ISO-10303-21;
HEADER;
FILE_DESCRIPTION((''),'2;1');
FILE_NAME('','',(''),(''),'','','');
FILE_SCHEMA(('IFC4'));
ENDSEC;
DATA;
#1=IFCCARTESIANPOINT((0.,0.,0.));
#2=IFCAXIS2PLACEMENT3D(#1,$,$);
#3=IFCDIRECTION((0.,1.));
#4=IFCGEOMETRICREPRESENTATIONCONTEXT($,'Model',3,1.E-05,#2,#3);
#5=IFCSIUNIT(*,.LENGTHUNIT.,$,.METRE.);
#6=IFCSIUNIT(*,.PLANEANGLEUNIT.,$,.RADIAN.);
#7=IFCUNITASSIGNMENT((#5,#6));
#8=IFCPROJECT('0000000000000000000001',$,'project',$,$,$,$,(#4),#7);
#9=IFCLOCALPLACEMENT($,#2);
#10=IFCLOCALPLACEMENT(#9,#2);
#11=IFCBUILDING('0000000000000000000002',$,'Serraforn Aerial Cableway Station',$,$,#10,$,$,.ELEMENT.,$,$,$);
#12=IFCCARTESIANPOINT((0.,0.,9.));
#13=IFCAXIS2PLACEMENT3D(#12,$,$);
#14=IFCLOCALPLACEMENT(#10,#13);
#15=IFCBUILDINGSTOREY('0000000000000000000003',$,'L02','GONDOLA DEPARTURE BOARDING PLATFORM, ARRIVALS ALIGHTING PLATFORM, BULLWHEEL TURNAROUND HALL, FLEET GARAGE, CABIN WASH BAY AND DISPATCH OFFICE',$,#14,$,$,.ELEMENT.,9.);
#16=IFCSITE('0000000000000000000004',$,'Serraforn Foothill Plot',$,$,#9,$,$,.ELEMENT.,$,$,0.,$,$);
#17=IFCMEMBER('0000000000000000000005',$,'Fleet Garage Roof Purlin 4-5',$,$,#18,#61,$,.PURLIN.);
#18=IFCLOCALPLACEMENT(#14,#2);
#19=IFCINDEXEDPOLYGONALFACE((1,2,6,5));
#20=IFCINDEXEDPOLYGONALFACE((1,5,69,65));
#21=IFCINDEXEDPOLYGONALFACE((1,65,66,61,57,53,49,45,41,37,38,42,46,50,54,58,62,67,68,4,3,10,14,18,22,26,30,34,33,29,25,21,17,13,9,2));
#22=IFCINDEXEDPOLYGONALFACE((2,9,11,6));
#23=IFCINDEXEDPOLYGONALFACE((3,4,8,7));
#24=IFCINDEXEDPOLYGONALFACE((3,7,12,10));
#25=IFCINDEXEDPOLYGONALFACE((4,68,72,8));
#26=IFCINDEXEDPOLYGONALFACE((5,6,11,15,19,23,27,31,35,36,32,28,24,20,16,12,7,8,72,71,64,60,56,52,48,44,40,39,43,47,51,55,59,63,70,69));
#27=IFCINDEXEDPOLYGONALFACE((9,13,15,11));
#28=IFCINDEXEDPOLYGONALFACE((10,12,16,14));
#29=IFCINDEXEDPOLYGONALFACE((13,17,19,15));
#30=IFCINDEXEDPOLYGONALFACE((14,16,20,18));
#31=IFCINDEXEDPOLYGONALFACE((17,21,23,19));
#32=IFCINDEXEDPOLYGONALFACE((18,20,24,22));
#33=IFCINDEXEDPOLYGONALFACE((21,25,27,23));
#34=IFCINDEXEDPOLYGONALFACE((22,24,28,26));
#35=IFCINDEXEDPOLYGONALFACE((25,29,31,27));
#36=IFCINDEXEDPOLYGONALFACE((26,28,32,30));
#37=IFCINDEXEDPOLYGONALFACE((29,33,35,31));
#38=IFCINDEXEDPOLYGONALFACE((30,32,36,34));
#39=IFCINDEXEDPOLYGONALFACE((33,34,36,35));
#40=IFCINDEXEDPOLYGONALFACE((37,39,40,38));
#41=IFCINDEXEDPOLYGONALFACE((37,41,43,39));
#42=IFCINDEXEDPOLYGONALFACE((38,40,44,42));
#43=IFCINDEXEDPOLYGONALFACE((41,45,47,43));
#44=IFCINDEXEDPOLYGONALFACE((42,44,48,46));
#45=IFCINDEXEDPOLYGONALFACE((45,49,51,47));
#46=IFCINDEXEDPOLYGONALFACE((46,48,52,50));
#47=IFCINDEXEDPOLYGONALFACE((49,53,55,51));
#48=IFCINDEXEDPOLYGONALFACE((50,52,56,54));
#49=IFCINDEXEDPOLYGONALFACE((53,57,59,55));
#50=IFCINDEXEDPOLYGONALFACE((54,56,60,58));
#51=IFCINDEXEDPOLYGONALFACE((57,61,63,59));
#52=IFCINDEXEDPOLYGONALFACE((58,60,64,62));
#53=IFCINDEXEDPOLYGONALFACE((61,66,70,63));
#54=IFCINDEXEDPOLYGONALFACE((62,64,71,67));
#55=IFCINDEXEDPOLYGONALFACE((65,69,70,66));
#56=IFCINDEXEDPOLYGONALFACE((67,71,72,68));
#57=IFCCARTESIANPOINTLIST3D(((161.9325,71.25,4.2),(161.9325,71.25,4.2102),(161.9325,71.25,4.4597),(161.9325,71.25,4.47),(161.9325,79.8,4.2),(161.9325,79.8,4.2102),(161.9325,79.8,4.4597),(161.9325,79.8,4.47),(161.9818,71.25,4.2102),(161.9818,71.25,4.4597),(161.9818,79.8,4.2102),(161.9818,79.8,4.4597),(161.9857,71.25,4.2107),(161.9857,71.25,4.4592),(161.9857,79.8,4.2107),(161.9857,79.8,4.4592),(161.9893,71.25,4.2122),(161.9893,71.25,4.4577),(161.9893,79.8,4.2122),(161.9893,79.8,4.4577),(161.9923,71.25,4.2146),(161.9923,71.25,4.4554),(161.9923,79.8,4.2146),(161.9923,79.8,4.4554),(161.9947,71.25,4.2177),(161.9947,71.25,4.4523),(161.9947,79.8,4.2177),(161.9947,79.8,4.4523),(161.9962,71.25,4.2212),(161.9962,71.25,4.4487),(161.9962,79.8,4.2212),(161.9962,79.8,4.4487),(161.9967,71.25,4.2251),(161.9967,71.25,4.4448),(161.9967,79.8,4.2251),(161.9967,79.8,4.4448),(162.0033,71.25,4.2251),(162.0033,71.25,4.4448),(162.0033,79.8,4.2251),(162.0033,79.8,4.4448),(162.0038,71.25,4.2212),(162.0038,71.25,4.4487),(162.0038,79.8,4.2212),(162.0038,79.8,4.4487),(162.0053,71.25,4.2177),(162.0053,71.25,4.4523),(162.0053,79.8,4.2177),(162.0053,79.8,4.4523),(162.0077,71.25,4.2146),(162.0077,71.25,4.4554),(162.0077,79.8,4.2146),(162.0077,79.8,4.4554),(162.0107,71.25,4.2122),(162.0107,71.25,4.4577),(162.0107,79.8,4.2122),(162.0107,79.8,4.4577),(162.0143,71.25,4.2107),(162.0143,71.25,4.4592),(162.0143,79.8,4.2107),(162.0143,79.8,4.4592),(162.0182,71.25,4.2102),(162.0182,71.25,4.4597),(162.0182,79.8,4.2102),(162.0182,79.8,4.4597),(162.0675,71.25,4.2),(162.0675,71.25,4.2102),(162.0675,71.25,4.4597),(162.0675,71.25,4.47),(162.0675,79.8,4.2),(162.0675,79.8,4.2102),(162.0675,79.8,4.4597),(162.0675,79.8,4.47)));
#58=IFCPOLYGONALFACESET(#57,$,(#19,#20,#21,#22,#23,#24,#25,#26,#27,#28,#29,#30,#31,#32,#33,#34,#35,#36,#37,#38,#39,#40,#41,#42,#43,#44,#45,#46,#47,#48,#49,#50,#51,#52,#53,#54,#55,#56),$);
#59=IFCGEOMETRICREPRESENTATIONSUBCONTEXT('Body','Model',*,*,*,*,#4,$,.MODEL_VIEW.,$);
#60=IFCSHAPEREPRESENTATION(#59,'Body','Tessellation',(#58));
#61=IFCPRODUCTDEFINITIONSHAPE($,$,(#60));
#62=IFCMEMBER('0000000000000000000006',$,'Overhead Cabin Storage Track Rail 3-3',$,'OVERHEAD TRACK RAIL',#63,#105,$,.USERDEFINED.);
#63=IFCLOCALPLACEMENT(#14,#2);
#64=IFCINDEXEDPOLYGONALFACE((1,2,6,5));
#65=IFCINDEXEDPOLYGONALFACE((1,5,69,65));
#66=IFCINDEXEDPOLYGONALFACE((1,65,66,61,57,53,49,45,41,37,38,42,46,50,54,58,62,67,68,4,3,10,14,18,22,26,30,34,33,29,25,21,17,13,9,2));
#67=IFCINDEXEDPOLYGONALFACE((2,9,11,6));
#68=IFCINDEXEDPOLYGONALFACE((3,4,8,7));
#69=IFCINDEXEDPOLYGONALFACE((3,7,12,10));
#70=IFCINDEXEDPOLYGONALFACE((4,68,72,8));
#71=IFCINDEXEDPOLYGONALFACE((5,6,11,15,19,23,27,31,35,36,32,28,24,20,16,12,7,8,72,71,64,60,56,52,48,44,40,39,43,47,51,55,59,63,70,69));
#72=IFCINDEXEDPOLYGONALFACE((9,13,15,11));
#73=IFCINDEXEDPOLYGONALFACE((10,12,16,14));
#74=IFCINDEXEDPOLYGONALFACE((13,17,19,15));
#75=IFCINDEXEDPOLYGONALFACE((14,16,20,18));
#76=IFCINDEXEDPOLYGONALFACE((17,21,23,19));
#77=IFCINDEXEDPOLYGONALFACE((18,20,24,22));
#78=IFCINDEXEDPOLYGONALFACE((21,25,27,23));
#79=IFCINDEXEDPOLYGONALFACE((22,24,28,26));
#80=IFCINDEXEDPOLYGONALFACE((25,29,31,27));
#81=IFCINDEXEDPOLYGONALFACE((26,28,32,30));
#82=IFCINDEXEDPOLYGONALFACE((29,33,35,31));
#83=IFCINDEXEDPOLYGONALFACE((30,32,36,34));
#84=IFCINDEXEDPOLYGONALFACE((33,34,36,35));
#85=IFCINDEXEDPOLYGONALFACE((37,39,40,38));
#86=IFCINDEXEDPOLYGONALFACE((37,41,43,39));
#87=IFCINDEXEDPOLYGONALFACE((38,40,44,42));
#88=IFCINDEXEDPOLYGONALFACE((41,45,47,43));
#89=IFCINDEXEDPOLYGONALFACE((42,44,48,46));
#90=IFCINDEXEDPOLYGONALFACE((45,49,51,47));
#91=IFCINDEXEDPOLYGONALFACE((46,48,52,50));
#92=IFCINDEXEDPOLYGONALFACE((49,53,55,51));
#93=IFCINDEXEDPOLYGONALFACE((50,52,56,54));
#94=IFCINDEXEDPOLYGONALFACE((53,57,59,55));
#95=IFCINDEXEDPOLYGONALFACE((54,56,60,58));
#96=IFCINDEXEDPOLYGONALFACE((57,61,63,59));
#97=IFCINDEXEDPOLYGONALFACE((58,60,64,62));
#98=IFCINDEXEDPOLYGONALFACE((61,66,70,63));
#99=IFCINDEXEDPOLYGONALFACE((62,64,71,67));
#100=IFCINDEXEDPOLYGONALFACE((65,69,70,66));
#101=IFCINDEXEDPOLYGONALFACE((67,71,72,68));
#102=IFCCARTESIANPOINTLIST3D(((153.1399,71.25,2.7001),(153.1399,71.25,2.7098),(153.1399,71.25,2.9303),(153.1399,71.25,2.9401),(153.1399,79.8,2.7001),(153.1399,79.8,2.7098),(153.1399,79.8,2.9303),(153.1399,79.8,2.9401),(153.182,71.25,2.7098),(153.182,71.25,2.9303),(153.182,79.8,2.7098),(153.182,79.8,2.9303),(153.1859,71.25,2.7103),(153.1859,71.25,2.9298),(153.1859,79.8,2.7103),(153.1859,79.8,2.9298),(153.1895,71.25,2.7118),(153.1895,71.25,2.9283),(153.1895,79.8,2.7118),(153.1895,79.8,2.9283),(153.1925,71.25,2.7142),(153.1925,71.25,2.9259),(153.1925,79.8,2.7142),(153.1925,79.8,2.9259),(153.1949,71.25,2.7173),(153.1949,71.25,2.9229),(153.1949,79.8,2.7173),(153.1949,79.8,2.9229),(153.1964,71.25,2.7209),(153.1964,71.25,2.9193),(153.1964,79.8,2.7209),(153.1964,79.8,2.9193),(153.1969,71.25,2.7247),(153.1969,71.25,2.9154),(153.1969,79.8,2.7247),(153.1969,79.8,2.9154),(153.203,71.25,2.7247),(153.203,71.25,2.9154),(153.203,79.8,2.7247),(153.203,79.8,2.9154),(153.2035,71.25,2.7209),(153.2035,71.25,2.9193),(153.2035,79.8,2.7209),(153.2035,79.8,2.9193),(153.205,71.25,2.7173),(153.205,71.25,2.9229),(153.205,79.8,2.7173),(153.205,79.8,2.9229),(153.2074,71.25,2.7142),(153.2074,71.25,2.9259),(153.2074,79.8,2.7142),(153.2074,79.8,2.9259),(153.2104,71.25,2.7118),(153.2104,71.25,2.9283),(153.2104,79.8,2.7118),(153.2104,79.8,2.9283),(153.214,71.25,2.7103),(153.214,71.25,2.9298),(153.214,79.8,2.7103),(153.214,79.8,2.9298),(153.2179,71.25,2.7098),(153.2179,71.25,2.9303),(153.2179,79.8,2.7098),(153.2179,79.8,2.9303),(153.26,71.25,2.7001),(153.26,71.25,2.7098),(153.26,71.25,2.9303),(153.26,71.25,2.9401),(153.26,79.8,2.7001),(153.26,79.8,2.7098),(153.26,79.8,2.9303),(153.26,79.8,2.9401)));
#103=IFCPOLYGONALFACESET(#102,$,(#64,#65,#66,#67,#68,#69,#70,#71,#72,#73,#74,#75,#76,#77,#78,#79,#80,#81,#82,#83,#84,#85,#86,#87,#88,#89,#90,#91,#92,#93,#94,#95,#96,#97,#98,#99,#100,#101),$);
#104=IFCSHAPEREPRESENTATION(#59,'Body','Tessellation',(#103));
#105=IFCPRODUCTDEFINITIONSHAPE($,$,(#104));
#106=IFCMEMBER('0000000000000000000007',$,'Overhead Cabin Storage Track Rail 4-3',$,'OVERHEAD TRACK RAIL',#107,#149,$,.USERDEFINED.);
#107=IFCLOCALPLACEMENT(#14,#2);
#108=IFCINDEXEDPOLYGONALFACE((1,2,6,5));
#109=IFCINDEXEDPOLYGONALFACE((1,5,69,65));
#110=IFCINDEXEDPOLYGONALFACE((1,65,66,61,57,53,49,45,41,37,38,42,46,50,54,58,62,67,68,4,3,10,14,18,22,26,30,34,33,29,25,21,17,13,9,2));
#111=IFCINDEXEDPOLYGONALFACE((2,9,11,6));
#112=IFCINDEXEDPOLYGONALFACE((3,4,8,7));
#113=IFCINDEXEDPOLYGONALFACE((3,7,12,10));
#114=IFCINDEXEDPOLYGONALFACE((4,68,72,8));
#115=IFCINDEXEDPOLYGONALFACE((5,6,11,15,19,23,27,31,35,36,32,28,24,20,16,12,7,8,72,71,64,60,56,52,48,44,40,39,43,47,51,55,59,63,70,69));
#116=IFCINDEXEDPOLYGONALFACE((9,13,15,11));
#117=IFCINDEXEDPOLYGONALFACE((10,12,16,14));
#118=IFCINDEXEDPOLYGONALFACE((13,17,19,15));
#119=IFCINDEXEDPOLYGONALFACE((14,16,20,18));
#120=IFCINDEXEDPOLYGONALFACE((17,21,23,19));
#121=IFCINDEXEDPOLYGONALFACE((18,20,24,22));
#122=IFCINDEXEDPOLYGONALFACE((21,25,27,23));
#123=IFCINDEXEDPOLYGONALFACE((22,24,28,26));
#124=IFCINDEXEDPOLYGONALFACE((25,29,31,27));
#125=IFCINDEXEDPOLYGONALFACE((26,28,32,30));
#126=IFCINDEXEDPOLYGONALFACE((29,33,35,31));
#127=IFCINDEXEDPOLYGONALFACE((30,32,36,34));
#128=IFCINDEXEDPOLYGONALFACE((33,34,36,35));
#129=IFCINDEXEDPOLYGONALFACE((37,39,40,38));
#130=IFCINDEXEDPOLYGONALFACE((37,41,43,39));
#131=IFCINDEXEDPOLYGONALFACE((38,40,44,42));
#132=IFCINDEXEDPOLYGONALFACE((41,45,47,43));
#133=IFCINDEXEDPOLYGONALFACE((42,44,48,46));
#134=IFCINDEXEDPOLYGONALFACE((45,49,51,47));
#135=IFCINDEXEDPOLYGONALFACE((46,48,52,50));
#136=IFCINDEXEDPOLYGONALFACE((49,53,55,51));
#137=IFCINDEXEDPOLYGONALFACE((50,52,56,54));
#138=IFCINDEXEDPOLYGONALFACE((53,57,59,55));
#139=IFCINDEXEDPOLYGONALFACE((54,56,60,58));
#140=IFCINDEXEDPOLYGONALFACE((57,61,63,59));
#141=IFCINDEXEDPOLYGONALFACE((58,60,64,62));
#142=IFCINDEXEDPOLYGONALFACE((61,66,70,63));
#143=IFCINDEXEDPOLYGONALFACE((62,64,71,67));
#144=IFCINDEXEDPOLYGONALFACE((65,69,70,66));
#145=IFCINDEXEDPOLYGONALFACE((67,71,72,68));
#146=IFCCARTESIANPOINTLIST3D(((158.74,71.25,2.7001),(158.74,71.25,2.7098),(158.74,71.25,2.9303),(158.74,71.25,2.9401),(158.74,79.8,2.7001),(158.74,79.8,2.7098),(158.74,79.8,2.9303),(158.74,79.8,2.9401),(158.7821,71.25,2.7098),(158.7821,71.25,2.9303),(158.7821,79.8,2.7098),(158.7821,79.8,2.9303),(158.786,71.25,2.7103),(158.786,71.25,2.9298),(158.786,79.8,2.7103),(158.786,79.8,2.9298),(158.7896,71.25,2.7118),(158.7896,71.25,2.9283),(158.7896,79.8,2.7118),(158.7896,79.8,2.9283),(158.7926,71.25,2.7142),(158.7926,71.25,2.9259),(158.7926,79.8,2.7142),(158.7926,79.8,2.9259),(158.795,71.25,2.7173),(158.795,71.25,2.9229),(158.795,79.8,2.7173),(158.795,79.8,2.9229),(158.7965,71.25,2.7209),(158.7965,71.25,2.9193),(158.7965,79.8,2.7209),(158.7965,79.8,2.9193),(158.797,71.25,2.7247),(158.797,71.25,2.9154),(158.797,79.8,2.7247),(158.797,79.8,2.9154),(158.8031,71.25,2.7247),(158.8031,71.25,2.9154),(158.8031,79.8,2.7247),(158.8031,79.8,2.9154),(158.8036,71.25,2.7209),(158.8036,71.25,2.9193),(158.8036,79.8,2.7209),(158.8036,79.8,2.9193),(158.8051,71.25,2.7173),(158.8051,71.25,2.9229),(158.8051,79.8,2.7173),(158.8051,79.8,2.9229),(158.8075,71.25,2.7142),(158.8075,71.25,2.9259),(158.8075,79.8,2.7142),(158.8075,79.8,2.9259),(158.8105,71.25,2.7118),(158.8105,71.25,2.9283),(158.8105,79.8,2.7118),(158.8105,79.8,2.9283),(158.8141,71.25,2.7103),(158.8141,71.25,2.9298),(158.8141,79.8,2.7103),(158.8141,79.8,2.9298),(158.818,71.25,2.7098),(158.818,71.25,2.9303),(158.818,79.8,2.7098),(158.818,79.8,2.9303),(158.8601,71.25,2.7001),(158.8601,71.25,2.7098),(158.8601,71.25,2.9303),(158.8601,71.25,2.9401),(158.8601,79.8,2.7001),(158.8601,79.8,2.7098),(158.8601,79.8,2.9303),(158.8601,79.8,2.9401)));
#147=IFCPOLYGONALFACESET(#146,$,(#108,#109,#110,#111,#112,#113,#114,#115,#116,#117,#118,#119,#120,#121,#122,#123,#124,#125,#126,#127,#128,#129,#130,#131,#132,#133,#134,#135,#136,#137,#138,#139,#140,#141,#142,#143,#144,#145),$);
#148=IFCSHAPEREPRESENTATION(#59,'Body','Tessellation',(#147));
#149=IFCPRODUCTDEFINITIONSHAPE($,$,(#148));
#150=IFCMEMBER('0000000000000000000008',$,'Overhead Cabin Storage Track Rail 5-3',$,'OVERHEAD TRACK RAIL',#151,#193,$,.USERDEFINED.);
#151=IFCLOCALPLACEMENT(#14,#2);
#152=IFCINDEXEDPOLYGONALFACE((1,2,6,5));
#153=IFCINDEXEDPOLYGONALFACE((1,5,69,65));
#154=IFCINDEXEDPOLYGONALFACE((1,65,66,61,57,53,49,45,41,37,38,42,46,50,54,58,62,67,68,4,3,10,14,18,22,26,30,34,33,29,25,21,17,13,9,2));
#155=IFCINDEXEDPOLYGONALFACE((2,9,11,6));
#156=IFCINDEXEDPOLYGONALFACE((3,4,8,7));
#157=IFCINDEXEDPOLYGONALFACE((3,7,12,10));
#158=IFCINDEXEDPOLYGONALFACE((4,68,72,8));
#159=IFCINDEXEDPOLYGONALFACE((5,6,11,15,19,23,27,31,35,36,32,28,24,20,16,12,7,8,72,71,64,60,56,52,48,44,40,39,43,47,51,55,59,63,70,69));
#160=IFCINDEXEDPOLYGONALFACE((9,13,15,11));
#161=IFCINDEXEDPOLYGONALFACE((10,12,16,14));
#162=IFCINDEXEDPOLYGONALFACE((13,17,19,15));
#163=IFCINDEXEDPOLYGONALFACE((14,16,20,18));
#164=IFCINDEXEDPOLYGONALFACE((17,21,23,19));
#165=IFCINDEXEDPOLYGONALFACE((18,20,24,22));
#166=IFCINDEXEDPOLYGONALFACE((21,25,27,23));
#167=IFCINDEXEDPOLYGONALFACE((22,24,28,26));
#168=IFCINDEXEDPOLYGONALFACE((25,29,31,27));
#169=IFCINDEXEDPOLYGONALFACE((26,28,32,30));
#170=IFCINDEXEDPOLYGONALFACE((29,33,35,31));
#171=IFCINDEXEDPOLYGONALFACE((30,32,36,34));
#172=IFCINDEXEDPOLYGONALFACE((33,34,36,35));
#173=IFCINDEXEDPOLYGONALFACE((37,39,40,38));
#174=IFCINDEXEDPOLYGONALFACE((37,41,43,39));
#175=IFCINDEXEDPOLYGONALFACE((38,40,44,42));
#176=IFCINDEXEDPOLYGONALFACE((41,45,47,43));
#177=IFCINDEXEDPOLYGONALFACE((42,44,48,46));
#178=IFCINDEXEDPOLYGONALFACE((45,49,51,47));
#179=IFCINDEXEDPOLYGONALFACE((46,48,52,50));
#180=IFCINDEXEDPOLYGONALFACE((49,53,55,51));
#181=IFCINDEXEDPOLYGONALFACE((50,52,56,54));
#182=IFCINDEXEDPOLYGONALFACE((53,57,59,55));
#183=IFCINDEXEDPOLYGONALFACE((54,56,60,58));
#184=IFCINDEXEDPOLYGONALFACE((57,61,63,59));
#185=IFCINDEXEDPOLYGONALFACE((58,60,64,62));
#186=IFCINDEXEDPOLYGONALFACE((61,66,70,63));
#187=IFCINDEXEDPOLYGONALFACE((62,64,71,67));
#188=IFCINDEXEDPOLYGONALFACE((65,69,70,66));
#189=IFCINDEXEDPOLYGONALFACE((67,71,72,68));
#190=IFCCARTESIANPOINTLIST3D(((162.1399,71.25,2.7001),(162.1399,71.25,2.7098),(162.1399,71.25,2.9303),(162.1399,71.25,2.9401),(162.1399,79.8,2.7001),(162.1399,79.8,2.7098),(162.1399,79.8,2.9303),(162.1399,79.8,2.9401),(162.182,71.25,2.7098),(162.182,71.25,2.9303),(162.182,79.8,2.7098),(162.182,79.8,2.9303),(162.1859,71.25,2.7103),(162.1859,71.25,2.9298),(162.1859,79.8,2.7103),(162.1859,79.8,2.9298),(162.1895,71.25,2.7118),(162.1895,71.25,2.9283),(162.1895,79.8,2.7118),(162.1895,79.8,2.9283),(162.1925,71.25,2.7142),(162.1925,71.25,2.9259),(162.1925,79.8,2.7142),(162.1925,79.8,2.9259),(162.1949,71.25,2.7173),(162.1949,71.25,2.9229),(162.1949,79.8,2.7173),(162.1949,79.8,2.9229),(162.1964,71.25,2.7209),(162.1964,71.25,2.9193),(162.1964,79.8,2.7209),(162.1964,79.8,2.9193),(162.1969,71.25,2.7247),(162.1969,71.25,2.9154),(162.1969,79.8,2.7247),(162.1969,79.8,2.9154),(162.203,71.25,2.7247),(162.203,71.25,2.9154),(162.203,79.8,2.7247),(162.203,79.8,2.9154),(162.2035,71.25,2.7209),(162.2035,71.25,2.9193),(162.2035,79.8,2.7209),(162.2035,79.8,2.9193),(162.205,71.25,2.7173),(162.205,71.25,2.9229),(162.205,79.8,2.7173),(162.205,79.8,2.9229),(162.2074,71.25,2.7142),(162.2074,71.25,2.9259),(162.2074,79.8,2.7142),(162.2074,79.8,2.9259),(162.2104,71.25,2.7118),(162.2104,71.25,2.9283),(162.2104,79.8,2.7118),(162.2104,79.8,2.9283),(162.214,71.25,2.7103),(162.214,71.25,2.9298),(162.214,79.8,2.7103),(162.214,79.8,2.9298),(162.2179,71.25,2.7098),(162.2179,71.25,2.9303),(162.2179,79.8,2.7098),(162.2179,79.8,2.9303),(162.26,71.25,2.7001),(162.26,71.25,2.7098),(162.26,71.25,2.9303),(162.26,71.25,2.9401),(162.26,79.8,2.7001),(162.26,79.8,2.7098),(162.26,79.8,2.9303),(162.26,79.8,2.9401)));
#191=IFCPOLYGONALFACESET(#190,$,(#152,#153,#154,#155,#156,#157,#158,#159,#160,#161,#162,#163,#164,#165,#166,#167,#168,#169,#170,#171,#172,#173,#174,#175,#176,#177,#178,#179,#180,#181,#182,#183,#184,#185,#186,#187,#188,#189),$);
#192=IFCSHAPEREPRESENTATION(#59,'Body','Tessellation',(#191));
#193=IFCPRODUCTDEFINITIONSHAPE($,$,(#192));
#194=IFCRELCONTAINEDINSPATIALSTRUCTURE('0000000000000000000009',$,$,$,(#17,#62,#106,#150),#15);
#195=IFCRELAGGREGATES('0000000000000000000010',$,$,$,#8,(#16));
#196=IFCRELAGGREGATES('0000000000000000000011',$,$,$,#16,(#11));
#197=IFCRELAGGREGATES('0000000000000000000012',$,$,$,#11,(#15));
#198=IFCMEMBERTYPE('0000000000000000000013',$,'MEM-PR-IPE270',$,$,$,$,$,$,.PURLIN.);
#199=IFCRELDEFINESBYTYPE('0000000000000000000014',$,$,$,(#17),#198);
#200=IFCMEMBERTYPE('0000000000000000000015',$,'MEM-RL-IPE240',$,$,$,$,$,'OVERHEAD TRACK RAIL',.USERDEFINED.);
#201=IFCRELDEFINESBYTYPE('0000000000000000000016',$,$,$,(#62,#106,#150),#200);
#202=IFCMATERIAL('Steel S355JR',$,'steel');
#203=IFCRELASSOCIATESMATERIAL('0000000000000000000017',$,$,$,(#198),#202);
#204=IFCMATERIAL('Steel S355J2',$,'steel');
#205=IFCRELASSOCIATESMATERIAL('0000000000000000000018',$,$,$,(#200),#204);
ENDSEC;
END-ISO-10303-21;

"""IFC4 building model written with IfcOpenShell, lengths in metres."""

from ifc_helpers import new_model, si_unit, direction, frame, origin, origin_2d, place, context, subcontext, project, spatial, i_section, extrude, material, material_profile, profile_set, type_object, element, save


model = new_model("IFC4")

# Units and contexts
model_context = context("Model", 3, precision=1e-05, world=origin(), true_north=direction((0.0, 1.0)))
body_context = subcontext(model_context, "Body", "Model", "MODEL_VIEW")
ifc_project = project(units=[si_unit("LENGTHUNIT", "METRE"), si_unit("PLANEANGLEUNIT", "RADIAN")], contexts=[model_context])

# Site, building, storey
site_placement = place(None, origin())
site = spatial("IfcSite", under=ifc_project, at=site_placement, Name="Serraforn Foothill Plot", CompositionType="ELEMENT", RefElevation=0.0)
building_placement = place(site_placement, origin())
building = spatial("IfcBuilding", under=site, at=building_placement, Name="Serraforn Aerial Cableway Station", CompositionType="ELEMENT")
storey_placement = place(building_placement, frame((0.0, 0.0, 9.0)))
storey = spatial("IfcBuildingStorey", under=building, at=storey_placement, Name="L02", Description="GONDOLA DEPARTURE BOARDING PLATFORM, ARRIVALS ALIGHTING PLATFORM, BULLWHEEL TURNAROUND HALL, FLEET GARAGE, CABIN WASH BAY AND DISPATCH OFFICE", CompositionType="ELEMENT", Elevation=9.0)

# Shared definitions
ifc_material_1 = material(Name="Steel S355JR", Category="steel")

# Members
ifc_material_2 = material(Name="Steel S355J2", Category="steel")
ifc_material_profile_1 = material_profile(ifc_material_1, i_section(OverallWidth=0.135, OverallDepth=0.27, WebThickness=0.0066, FlangeThickness=0.0103, FilletRadius=0.0149, at=origin_2d()), Name="IPE 270")
ifc_profile_set_1 = profile_set([ifc_material_profile_1], Name="Steel S355JR")
member_type_1 = type_object("IfcMemberType", Name="MEM-PR-IPE270", PredefinedType="PURLIN", material=ifc_profile_set_1)
for number, where, z_axis, x_axis, name in (
    (1, (162.0, 71.25, 4.335), (0.0, 1.0, 0.0), (-1.0, 0.0, 0.0), "Fleet Garage Roof Purlin 4-5"),
):
    element("IfcMember", number, at=place(storey_placement, frame(where, z_axis=z_axis, x_axis=x_axis)), inside=storey, type_object=member_type_1, Name=name, PredefinedType="PURLIN", context=body_context, shape_type="SweptSolid", body=[
        extrude(i_section(OverallWidth=0.135, OverallDepth=0.27, WebThickness=0.0066, FlangeThickness=0.0103, FilletRadius=0.0149, at=origin_2d()), origin(), (0.0, 0.0, 1.0), 8.55),
    ])
ifc_material_profile_2 = material_profile(ifc_material_2, i_section(OverallWidth=0.1201, OverallDepth=0.24, WebThickness=0.0061, FlangeThickness=0.0098, FilletRadius=0.0149, at=origin_2d()), Name="IPE 240")
ifc_profile_set_2 = profile_set([ifc_material_profile_2], Name="Steel S355J2")
member_type_2 = type_object("IfcMemberType", Name="MEM-RL-IPE240", ElementType="OVERHEAD TRACK RAIL", PredefinedType="USERDEFINED", material=ifc_profile_set_2)
for number, where, z_axis, x_axis, name in (
    (2, (153.2, 71.25, 2.8201), (0.0, 1.0, 0.0), (-1.0, 0.0, 0.0), "Overhead Cabin Storage Track Rail 3-3"),
    (3, (158.8, 71.25, 2.8201), (0.0, 1.0, 0.0), (-1.0, 0.0, 0.0), "Overhead Cabin Storage Track Rail 4-3"),
    (4, (162.2, 71.25, 2.8201), (0.0, 1.0, 0.0), (-1.0, 0.0, 0.0), "Overhead Cabin Storage Track Rail 5-3"),
):
    element("IfcMember", number, at=place(storey_placement, frame(where, z_axis=z_axis, x_axis=x_axis)), inside=storey, type_object=member_type_2, Name=name, ObjectType="OVERHEAD TRACK RAIL", PredefinedType="USERDEFINED", context=body_context, shape_type="SweptSolid", body=[
        extrude(i_section(OverallWidth=0.1201, OverallDepth=0.24, WebThickness=0.0061, FlangeThickness=0.0098, FilletRadius=0.0149, at=origin_2d()), origin(), (0.0, 0.0, 1.0), 8.55),
    ])

save(model, "model.ifc")
